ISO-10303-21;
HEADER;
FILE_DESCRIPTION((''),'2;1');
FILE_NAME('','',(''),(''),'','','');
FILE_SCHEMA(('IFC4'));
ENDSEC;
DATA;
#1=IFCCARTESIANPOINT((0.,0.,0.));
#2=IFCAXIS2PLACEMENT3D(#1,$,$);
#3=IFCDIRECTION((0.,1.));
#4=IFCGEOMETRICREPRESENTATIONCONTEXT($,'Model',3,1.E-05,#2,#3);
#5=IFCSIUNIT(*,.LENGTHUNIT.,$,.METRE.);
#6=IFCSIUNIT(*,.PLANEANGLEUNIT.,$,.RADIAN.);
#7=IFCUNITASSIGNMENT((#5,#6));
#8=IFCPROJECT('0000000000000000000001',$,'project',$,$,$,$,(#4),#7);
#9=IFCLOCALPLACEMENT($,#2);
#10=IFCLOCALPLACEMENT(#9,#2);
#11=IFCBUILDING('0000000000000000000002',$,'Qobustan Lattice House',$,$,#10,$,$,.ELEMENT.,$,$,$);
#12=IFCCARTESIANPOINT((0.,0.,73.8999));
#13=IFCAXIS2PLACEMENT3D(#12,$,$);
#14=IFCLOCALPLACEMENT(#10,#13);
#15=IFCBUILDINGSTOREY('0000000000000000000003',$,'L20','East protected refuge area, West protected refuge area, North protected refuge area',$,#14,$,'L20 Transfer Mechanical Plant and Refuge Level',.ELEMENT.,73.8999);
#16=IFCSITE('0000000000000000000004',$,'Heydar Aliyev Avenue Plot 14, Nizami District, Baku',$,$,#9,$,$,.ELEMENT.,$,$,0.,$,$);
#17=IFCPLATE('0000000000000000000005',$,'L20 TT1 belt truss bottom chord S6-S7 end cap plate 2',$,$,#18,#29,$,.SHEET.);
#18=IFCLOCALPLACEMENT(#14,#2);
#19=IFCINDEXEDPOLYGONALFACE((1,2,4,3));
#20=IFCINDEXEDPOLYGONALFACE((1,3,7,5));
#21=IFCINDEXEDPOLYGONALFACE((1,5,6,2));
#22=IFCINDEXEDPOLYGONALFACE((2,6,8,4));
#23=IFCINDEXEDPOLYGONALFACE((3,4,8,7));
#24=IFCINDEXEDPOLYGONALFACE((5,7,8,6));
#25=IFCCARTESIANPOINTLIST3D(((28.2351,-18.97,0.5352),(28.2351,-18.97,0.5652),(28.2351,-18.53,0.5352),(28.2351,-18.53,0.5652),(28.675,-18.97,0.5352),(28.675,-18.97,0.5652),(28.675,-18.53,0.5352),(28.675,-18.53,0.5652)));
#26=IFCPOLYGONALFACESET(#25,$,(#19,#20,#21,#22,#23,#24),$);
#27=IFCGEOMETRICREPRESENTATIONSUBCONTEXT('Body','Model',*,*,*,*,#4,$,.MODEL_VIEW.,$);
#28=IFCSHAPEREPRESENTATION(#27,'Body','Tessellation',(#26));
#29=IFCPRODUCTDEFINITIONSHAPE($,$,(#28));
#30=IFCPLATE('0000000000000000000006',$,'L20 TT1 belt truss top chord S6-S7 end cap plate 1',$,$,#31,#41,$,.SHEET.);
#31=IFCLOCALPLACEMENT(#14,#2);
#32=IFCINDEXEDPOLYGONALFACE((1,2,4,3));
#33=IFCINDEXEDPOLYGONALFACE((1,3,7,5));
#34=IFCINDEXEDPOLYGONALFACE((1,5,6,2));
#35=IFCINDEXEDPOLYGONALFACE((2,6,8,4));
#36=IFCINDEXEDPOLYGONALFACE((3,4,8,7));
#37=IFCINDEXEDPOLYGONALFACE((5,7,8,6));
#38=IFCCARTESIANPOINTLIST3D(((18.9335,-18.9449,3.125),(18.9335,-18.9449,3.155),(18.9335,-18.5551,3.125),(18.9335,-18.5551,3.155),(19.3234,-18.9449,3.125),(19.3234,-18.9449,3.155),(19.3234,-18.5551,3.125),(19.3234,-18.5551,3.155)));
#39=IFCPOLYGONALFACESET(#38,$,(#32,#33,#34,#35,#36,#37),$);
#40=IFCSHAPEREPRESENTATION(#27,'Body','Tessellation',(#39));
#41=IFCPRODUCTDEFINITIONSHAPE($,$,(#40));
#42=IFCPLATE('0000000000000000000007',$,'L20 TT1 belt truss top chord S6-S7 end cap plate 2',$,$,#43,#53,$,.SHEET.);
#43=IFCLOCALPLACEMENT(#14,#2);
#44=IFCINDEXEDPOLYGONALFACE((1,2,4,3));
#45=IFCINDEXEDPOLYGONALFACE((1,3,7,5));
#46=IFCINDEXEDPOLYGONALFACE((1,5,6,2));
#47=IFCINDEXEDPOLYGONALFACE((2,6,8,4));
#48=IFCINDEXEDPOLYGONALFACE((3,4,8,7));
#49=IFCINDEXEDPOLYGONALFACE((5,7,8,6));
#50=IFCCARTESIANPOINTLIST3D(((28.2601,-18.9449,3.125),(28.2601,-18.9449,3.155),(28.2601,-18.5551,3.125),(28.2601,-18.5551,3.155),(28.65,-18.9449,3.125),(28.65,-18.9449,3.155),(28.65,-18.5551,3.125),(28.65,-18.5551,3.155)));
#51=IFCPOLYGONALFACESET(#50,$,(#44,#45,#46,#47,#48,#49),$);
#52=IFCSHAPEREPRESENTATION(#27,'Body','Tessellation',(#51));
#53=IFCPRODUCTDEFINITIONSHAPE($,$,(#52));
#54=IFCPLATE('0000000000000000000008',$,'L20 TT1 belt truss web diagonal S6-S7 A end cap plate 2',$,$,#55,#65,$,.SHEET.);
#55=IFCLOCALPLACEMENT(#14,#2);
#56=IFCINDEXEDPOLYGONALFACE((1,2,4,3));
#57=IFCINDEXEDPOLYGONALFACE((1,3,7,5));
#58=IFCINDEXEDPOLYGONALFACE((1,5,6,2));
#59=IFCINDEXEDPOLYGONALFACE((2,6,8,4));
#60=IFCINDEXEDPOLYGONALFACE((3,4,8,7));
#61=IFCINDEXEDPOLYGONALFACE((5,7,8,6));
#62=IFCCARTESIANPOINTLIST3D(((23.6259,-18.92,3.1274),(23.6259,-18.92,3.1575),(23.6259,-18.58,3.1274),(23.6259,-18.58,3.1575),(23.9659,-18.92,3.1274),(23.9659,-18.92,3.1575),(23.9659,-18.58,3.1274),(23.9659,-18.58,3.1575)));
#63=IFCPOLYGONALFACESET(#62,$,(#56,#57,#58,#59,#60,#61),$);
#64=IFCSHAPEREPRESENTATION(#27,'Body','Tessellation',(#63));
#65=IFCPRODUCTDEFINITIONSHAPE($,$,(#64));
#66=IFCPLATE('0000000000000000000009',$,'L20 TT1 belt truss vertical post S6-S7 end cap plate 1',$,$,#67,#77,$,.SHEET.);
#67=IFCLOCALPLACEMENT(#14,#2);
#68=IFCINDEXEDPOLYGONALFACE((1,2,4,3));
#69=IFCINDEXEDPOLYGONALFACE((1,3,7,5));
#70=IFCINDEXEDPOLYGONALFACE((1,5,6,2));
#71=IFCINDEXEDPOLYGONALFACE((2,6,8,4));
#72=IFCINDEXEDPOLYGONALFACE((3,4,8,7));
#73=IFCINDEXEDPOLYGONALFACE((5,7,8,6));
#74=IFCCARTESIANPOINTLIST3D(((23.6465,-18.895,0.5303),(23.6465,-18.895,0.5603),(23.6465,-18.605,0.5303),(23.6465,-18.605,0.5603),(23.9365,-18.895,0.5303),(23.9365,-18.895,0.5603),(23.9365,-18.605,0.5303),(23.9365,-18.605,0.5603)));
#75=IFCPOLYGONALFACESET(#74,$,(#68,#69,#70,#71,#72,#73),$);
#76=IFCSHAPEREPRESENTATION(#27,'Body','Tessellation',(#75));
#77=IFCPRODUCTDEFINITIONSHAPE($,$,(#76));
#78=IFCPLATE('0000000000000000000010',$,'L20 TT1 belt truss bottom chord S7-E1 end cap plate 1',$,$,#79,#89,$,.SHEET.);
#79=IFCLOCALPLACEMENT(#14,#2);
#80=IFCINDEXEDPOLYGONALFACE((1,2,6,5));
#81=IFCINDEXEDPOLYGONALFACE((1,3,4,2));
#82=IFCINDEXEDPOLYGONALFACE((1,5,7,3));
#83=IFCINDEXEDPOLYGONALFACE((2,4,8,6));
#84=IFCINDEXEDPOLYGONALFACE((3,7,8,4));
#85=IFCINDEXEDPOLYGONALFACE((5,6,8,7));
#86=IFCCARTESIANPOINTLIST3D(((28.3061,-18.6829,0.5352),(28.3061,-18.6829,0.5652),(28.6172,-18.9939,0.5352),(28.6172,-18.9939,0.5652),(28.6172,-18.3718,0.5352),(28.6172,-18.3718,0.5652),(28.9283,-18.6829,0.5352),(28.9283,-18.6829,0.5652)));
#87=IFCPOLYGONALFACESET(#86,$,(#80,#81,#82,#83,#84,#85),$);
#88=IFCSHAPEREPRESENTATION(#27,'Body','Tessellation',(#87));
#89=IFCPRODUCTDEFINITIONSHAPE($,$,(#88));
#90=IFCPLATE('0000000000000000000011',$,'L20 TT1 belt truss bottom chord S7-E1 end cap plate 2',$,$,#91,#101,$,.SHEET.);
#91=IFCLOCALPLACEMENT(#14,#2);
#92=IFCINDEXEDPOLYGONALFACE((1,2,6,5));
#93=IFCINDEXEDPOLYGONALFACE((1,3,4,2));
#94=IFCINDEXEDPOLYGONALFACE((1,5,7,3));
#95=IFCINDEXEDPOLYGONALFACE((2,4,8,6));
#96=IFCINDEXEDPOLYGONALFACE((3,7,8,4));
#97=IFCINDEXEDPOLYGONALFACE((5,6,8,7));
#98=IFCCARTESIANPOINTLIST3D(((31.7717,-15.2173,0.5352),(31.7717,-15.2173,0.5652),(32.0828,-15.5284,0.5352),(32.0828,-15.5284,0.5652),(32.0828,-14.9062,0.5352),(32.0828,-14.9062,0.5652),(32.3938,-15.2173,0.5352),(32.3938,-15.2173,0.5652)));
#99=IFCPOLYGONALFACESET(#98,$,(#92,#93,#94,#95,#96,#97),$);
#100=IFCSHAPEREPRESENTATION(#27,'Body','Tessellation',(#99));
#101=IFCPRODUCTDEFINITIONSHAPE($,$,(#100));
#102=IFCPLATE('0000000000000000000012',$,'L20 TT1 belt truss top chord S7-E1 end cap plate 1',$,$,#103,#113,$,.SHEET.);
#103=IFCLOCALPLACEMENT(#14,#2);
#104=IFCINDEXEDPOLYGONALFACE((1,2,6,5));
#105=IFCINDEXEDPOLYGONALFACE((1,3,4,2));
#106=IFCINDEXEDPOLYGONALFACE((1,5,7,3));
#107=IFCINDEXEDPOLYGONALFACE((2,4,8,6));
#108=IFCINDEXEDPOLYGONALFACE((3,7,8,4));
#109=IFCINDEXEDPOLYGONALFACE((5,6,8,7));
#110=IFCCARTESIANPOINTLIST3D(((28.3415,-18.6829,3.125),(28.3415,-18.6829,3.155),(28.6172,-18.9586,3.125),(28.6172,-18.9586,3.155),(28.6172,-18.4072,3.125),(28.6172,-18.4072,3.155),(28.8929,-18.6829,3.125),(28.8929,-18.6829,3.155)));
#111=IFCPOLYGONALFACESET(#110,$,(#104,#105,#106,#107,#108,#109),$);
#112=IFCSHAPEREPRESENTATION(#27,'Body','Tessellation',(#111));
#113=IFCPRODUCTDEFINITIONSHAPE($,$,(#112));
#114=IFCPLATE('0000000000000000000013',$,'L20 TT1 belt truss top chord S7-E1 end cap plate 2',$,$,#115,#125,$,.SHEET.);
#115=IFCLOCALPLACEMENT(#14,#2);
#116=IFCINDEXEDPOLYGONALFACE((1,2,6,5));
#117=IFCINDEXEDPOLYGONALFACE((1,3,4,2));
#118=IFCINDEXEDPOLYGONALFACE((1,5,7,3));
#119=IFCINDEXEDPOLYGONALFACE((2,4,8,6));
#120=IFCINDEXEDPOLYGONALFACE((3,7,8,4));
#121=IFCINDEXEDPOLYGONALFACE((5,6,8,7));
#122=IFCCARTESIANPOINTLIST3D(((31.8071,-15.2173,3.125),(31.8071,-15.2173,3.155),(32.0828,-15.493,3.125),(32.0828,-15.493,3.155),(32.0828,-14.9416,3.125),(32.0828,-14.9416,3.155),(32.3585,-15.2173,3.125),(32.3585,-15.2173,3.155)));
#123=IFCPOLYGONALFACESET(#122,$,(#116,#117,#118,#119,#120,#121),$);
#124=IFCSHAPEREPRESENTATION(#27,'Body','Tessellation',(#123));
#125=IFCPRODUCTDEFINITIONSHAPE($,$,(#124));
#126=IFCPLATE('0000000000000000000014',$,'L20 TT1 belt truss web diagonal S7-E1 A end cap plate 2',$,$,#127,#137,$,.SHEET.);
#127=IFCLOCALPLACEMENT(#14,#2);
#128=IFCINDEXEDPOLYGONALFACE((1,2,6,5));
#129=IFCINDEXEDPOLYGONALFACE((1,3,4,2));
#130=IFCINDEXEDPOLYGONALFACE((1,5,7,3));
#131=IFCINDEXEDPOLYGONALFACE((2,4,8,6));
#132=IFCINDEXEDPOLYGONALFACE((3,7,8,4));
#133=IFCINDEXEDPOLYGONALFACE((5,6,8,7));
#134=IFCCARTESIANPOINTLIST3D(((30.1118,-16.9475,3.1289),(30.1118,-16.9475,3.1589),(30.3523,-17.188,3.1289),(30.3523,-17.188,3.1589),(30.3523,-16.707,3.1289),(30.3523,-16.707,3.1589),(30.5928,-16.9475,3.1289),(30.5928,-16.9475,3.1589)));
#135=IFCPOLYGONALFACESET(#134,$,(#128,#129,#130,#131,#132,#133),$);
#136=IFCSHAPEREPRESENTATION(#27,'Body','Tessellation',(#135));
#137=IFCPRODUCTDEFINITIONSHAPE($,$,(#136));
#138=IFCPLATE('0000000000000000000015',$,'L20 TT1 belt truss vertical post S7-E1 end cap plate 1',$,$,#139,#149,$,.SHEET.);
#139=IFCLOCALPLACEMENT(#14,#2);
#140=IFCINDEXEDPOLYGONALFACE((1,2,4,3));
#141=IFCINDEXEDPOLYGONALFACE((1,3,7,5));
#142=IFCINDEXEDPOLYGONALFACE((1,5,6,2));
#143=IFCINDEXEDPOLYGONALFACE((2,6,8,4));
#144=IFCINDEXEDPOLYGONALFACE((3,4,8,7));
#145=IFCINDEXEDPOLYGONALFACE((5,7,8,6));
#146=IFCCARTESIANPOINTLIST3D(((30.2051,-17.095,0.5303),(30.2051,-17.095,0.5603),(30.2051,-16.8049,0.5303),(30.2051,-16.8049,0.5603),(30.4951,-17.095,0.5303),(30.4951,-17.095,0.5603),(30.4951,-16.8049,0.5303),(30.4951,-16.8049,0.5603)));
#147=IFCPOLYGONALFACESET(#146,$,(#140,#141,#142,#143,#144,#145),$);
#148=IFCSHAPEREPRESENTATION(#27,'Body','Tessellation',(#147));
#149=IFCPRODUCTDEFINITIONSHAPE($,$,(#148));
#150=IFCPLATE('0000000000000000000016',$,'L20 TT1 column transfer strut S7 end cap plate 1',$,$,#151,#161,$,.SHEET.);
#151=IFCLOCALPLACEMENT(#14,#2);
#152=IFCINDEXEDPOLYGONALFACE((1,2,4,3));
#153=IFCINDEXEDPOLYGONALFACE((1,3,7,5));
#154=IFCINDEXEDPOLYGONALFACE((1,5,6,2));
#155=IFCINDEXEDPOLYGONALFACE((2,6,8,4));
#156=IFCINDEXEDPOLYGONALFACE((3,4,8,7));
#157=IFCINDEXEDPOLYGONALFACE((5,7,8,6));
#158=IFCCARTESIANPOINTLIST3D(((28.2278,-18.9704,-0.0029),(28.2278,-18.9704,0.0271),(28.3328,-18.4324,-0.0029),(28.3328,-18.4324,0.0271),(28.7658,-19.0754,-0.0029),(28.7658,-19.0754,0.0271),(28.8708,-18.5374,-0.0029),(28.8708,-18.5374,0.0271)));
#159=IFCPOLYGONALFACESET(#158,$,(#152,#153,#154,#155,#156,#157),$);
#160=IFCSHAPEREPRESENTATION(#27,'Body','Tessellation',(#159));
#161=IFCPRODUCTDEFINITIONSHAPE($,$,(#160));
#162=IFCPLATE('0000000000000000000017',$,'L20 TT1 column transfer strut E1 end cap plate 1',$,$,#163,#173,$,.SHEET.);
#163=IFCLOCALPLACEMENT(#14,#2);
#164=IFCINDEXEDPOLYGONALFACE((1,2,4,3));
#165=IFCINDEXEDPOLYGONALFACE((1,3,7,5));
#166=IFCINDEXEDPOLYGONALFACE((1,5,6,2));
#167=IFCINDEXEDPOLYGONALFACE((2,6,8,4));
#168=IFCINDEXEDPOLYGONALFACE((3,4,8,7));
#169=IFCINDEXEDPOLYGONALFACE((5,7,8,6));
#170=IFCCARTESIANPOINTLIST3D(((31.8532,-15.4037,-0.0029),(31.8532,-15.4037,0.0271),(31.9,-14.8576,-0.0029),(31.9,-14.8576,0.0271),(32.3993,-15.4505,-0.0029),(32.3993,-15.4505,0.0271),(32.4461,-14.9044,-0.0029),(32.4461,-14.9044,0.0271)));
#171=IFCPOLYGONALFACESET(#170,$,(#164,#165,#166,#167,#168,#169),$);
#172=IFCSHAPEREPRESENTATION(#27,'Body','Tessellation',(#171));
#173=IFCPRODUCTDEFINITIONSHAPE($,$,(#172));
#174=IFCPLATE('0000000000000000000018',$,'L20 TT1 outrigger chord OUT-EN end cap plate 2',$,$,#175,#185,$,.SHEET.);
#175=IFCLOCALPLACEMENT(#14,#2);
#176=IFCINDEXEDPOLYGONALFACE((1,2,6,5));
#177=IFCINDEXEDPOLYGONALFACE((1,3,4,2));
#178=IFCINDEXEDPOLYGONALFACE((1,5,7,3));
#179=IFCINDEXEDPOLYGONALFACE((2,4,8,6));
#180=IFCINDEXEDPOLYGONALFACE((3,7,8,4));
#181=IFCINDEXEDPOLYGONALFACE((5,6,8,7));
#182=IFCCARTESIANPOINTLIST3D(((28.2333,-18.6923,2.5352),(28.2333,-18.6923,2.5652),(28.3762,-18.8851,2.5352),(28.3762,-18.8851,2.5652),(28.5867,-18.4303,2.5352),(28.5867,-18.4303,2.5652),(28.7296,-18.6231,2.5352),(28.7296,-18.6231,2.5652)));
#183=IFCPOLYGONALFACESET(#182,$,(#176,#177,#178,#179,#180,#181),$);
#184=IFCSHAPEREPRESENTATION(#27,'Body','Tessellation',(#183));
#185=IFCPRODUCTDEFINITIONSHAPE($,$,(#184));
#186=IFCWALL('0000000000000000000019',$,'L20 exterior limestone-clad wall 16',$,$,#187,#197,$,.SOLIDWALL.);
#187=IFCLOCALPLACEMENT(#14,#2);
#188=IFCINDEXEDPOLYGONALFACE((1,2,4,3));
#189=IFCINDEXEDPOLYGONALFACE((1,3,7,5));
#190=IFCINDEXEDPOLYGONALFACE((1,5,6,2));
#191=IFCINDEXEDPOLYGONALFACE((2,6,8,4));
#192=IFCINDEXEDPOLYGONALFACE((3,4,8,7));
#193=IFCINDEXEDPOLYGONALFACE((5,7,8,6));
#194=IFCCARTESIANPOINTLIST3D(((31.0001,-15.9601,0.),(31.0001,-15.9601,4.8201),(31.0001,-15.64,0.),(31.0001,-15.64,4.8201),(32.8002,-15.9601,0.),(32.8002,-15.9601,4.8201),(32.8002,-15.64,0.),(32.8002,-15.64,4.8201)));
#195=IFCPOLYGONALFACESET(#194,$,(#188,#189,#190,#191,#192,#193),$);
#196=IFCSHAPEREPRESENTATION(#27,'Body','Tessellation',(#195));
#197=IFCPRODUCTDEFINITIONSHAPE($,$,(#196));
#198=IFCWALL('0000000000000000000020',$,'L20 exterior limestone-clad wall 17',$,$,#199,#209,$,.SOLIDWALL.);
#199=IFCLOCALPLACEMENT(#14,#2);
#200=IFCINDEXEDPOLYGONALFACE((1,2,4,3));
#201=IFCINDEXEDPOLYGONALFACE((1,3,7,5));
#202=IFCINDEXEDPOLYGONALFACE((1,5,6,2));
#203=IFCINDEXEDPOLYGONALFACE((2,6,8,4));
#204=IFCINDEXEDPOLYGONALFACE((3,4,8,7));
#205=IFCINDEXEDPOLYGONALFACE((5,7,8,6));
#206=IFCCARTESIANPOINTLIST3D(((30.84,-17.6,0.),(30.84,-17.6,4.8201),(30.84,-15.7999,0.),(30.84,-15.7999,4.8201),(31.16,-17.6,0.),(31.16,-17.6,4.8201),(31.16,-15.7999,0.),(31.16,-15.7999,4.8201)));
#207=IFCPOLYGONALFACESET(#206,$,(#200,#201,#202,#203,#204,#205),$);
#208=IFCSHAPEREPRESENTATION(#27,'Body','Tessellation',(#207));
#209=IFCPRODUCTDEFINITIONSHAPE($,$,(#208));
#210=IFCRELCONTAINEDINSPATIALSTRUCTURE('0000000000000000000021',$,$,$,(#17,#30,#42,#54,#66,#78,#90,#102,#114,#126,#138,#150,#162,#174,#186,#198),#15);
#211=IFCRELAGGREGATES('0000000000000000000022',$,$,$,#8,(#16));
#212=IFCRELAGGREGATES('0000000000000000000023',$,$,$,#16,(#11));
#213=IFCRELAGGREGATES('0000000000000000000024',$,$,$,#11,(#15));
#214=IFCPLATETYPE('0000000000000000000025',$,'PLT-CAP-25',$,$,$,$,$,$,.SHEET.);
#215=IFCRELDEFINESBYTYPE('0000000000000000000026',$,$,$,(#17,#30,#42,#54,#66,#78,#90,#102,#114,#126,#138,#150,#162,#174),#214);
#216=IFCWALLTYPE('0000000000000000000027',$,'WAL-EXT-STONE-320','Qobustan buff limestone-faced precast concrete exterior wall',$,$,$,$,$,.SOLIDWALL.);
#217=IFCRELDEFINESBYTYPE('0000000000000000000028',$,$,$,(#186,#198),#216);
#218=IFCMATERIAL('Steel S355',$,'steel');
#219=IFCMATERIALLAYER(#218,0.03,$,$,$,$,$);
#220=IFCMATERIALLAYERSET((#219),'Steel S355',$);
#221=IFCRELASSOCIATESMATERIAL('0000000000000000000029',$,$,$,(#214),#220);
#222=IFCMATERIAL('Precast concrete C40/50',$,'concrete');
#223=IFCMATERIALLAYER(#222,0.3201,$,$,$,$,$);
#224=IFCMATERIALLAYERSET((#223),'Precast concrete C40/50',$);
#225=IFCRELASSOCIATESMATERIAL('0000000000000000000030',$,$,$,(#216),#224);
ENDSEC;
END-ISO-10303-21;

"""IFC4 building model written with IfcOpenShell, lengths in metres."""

from ifc_helpers import new_model, si_unit, direction, frame, frame_2d, origin, origin_2d, place, context, subcontext, project, spatial, rectangle, extrude, material, layer, layer_set, type_object, element, save


model = new_model("IFC4")

# Units and contexts
model_context = context("Model", 3, precision=1e-05, world=origin(), true_north=direction((0.0, 1.0)))
body_context = subcontext(model_context, "Body", "Model", "MODEL_VIEW")
ifc_project = project(units=[si_unit("LENGTHUNIT", "METRE"), si_unit("PLANEANGLEUNIT", "RADIAN")], contexts=[model_context])

# Site, building, storey
site_placement = place(None, origin())
site = spatial("IfcSite", under=ifc_project, at=site_placement, Name="Heydar Aliyev Avenue Plot 14, Nizami District, Baku", CompositionType="ELEMENT", RefElevation=0.0)
building_placement = place(site_placement, origin())
building = spatial("IfcBuilding", under=site, at=building_placement, Name="Qobustan Lattice House", CompositionType="ELEMENT")
storey_placement = place(building_placement, frame((0.0, 0.0, 73.8999)))
storey = spatial("IfcBuildingStorey", under=building, at=storey_placement, Name="L20", Description="East protected refuge area, West protected refuge area, North protected refuge area", LongName="L20 Transfer Mechanical Plant and Refuge Level", CompositionType="ELEMENT", Elevation=73.8999)

# Plates
ifc_material_1 = material(Name="Steel S355", Category="steel")
ifc_layer_1 = layer(ifc_material_1, 0.03)
ifc_layer_set_1 = layer_set([ifc_layer_1], Name="Steel S355")
plate_type = type_object("IfcPlateType", Name="PLT-CAP-25", PredefinedType="SHEET", material=ifc_layer_set_1)
plate_1_placement = place(storey_placement, frame((28.4551, -18.75, 0.5352), z_axis=(0.0, 0.0, 1.0), x_axis=(1.0, 0.0, 0.0)))
element("IfcPlate", 1, at=plate_1_placement, inside=storey, type_object=plate_type, Name="L20 TT1 belt truss bottom chord S6-S7 end cap plate 2", PredefinedType="SHEET", context=body_context, shape_type="SweptSolid", body=[
    extrude(rectangle(XDim=0.4399, YDim=0.4399, at=origin_2d()), origin(), (0.0, 0.0, 1.0), 0.03),
])
for number, where, z_axis, x_axis, name in (
    (2, (19.1284, -18.75, 3.125), (0.0, 0.0, 1.0), (1.0, 0.0, 0.0), "L20 TT1 belt truss top chord S6-S7 end cap plate 1"),
    (3, (28.4551, -18.75, 3.125), (0.0, 0.0, 1.0), (1.0, 0.0, 0.0), "L20 TT1 belt truss top chord S6-S7 end cap plate 2"),
):
    element("IfcPlate", number, at=place(storey_placement, frame(where, z_axis=z_axis, x_axis=x_axis)), inside=storey, type_object=plate_type, Name=name, PredefinedType="SHEET", context=body_context, shape_type="SweptSolid", body=[
        extrude(rectangle(XDim=0.3899, YDim=0.3899, at=origin_2d()), origin(), (0.0, 0.0, 1.0), 0.03),
    ])
plate_2_placement = place(storey_placement, frame((23.7959, -18.75, 3.1274), z_axis=(0.0, 0.0, 1.0), x_axis=(1.0, 0.0, 0.0)))
element("IfcPlate", 4, at=plate_2_placement, inside=storey, type_object=plate_type, Name="L20 TT1 belt truss web diagonal S6-S7 A end cap plate 2", PredefinedType="SHEET", context=body_context, shape_type="SweptSolid", body=[
    extrude(rectangle(XDim=0.3401, YDim=0.3401, at=origin_2d()), origin(), (0.0, 0.0, 1.0), 0.03),
])
plate_3_placement = place(storey_placement, frame((23.7915, -18.75, 0.5303), z_axis=(0.0, 0.0, 1.0), x_axis=(1.0, 0.0, 0.0)))
element("IfcPlate", 5, at=plate_3_placement, inside=storey, type_object=plate_type, Name="L20 TT1 belt truss vertical post S6-S7 end cap plate 1", PredefinedType="SHEET", context=body_context, shape_type="SweptSolid", body=[
    extrude(rectangle(XDim=0.29, YDim=0.29, at=origin_2d()), origin(), (0.0, 0.0, 1.0), 0.03),
])
for number, where, z_axis, x_axis, name in (
    (6, (28.6172, -18.6829, 0.5352), (0.0, 0.0, 1.0), (0.707107, 0.707107, 0.0), "L20 TT1 belt truss bottom chord S7-E1 end cap plate 1"),
    (7, (32.0828, -15.2173, 0.5352), (0.0, 0.0, 1.0), (0.707107, 0.707107, 0.0), "L20 TT1 belt truss bottom chord S7-E1 end cap plate 2"),
):
    element("IfcPlate", number, at=place(storey_placement, frame(where, z_axis=z_axis, x_axis=x_axis)), inside=storey, type_object=plate_type, Name=name, PredefinedType="SHEET", context=body_context, shape_type="SweptSolid", body=[
        extrude(rectangle(XDim=0.4399, YDim=0.4399, at=origin_2d()), origin(), (0.0, 0.0, 1.0), 0.03),
    ])
for number, where, z_axis, x_axis, name in (
    (8, (28.6172, -18.6829, 3.125), (0.0, 0.0, 1.0), (0.707107, 0.707107, 0.0), "L20 TT1 belt truss top chord S7-E1 end cap plate 1"),
    (9, (32.0828, -15.2173, 3.125), (0.0, 0.0, 1.0), (0.707107, 0.707107, 0.0), "L20 TT1 belt truss top chord S7-E1 end cap plate 2"),
):
    element("IfcPlate", number, at=place(storey_placement, frame(where, z_axis=z_axis, x_axis=x_axis)), inside=storey, type_object=plate_type, Name=name, PredefinedType="SHEET", context=body_context, shape_type="SweptSolid", body=[
        extrude(rectangle(XDim=0.3899, YDim=0.3899, at=origin_2d()), origin(), (0.0, 0.0, 1.0), 0.03),
    ])
plate_4_placement = place(storey_placement, frame((30.3523, -16.9475, 3.1289), z_axis=(0.0, 0.0, 1.0), x_axis=(0.707107, 0.707107, 0.0)))
element("IfcPlate", 10, at=plate_4_placement, inside=storey, type_object=plate_type, Name="L20 TT1 belt truss web diagonal S7-E1 A end cap plate 2", PredefinedType="SHEET", context=body_context, shape_type="SweptSolid", body=[
    extrude(rectangle(XDim=0.3401, YDim=0.3401, at=origin_2d()), origin(), (0.0, 0.0, 1.0), 0.03),
])
plate_5_placement = place(storey_placement, frame((30.3501, -16.95, 0.5303), z_axis=(0.0, 0.0, 1.0), x_axis=(1.0, 0.0, 0.0)))
element("IfcPlate", 11, at=plate_5_placement, inside=storey, type_object=plate_type, Name="L20 TT1 belt truss vertical post S7-E1 end cap plate 1", PredefinedType="SHEET", context=body_context, shape_type="SweptSolid", body=[
    extrude(rectangle(XDim=0.29, YDim=0.29, at=origin_2d()), origin(), (0.0, 0.0, 1.0), 0.03),
])
for number, where, z_axis, x_axis, name in (
    (12, (28.5493, -18.7539, -0.0029), (0.0, 0.0, 1.0), (0.19158, 0.981477, 0.0), "L20 TT1 column transfer strut S7 end cap plate 1"),
    (13, (32.1497, -15.1541, -0.0029), (0.0, 0.0, 1.0), (0.08526, 0.996359, 0.0), "L20 TT1 column transfer strut E1 end cap plate 1"),
):
    element("IfcPlate", number, at=place(storey_placement, frame(where, z_axis=z_axis, x_axis=x_axis)), inside=storey, type_object=plate_type, Name=name, PredefinedType="SHEET", context=body_context, shape_type="SweptSolid", body=[
        extrude(rectangle(XDim=0.5481, YDim=0.5481, at=origin_2d()), origin(), (0.0, 0.0, 1.0), 0.03),
    ])
plate_6_placement = place(storey_placement, frame((28.4814, -18.6577, 2.5352), z_axis=(0.0, 0.0, 1.0), x_axis=(0.595594, -0.803286, 0.0)))
element("IfcPlate", 14, at=plate_6_placement, inside=storey, type_object=plate_type, Name="L20 TT1 outrigger chord OUT-EN end cap plate 2", PredefinedType="SHEET", context=body_context, shape_type="SweptSolid", body=[
    extrude(rectangle(XDim=0.24, YDim=0.4399, at=origin_2d()), origin(), (0.0, 0.0, 1.0), 0.03),
])

# Walls
ifc_material_2 = material(Name="Precast concrete C40/50", Category="concrete")
ifc_layer_2 = layer(ifc_material_2, 0.3201)
ifc_layer_set_2 = layer_set([ifc_layer_2], Name="Precast concrete C40/50")
wall_type_1 = type_object("IfcWallType", Name="WAL-EXT-STONE-320", Description="Qobustan buff limestone-faced precast concrete exterior wall", PredefinedType="SOLIDWALL", material=ifc_layer_set_2)
for number, where, z_axis, x_axis, name in (
    (15, (32.8, -15.8, 0.0), (0.0, 0.0, 1.0), (-1.0, 0.0, 0.0), "L20 exterior limestone-clad wall 16"),
    (16, (31.0, -15.8, 0.0), (0.0, 0.0, 1.0), (0.0, -1.0, 0.0), "L20 exterior limestone-clad wall 17"),
):
    element("IfcWall", number, at=place(storey_placement, frame(where, z_axis=z_axis, x_axis=x_axis)), inside=storey, type_object=wall_type_1, Name=name, PredefinedType="SOLIDWALL", context=body_context, shape_type="SweptSolid", body=[
        extrude(rectangle(XDim=1.8, YDim=0.3201, at=frame_2d((0.8999, 0.0))), origin(), (0.0, 0.0, 1.0), 4.8201),
    ])

save(model, "model.ifc")
